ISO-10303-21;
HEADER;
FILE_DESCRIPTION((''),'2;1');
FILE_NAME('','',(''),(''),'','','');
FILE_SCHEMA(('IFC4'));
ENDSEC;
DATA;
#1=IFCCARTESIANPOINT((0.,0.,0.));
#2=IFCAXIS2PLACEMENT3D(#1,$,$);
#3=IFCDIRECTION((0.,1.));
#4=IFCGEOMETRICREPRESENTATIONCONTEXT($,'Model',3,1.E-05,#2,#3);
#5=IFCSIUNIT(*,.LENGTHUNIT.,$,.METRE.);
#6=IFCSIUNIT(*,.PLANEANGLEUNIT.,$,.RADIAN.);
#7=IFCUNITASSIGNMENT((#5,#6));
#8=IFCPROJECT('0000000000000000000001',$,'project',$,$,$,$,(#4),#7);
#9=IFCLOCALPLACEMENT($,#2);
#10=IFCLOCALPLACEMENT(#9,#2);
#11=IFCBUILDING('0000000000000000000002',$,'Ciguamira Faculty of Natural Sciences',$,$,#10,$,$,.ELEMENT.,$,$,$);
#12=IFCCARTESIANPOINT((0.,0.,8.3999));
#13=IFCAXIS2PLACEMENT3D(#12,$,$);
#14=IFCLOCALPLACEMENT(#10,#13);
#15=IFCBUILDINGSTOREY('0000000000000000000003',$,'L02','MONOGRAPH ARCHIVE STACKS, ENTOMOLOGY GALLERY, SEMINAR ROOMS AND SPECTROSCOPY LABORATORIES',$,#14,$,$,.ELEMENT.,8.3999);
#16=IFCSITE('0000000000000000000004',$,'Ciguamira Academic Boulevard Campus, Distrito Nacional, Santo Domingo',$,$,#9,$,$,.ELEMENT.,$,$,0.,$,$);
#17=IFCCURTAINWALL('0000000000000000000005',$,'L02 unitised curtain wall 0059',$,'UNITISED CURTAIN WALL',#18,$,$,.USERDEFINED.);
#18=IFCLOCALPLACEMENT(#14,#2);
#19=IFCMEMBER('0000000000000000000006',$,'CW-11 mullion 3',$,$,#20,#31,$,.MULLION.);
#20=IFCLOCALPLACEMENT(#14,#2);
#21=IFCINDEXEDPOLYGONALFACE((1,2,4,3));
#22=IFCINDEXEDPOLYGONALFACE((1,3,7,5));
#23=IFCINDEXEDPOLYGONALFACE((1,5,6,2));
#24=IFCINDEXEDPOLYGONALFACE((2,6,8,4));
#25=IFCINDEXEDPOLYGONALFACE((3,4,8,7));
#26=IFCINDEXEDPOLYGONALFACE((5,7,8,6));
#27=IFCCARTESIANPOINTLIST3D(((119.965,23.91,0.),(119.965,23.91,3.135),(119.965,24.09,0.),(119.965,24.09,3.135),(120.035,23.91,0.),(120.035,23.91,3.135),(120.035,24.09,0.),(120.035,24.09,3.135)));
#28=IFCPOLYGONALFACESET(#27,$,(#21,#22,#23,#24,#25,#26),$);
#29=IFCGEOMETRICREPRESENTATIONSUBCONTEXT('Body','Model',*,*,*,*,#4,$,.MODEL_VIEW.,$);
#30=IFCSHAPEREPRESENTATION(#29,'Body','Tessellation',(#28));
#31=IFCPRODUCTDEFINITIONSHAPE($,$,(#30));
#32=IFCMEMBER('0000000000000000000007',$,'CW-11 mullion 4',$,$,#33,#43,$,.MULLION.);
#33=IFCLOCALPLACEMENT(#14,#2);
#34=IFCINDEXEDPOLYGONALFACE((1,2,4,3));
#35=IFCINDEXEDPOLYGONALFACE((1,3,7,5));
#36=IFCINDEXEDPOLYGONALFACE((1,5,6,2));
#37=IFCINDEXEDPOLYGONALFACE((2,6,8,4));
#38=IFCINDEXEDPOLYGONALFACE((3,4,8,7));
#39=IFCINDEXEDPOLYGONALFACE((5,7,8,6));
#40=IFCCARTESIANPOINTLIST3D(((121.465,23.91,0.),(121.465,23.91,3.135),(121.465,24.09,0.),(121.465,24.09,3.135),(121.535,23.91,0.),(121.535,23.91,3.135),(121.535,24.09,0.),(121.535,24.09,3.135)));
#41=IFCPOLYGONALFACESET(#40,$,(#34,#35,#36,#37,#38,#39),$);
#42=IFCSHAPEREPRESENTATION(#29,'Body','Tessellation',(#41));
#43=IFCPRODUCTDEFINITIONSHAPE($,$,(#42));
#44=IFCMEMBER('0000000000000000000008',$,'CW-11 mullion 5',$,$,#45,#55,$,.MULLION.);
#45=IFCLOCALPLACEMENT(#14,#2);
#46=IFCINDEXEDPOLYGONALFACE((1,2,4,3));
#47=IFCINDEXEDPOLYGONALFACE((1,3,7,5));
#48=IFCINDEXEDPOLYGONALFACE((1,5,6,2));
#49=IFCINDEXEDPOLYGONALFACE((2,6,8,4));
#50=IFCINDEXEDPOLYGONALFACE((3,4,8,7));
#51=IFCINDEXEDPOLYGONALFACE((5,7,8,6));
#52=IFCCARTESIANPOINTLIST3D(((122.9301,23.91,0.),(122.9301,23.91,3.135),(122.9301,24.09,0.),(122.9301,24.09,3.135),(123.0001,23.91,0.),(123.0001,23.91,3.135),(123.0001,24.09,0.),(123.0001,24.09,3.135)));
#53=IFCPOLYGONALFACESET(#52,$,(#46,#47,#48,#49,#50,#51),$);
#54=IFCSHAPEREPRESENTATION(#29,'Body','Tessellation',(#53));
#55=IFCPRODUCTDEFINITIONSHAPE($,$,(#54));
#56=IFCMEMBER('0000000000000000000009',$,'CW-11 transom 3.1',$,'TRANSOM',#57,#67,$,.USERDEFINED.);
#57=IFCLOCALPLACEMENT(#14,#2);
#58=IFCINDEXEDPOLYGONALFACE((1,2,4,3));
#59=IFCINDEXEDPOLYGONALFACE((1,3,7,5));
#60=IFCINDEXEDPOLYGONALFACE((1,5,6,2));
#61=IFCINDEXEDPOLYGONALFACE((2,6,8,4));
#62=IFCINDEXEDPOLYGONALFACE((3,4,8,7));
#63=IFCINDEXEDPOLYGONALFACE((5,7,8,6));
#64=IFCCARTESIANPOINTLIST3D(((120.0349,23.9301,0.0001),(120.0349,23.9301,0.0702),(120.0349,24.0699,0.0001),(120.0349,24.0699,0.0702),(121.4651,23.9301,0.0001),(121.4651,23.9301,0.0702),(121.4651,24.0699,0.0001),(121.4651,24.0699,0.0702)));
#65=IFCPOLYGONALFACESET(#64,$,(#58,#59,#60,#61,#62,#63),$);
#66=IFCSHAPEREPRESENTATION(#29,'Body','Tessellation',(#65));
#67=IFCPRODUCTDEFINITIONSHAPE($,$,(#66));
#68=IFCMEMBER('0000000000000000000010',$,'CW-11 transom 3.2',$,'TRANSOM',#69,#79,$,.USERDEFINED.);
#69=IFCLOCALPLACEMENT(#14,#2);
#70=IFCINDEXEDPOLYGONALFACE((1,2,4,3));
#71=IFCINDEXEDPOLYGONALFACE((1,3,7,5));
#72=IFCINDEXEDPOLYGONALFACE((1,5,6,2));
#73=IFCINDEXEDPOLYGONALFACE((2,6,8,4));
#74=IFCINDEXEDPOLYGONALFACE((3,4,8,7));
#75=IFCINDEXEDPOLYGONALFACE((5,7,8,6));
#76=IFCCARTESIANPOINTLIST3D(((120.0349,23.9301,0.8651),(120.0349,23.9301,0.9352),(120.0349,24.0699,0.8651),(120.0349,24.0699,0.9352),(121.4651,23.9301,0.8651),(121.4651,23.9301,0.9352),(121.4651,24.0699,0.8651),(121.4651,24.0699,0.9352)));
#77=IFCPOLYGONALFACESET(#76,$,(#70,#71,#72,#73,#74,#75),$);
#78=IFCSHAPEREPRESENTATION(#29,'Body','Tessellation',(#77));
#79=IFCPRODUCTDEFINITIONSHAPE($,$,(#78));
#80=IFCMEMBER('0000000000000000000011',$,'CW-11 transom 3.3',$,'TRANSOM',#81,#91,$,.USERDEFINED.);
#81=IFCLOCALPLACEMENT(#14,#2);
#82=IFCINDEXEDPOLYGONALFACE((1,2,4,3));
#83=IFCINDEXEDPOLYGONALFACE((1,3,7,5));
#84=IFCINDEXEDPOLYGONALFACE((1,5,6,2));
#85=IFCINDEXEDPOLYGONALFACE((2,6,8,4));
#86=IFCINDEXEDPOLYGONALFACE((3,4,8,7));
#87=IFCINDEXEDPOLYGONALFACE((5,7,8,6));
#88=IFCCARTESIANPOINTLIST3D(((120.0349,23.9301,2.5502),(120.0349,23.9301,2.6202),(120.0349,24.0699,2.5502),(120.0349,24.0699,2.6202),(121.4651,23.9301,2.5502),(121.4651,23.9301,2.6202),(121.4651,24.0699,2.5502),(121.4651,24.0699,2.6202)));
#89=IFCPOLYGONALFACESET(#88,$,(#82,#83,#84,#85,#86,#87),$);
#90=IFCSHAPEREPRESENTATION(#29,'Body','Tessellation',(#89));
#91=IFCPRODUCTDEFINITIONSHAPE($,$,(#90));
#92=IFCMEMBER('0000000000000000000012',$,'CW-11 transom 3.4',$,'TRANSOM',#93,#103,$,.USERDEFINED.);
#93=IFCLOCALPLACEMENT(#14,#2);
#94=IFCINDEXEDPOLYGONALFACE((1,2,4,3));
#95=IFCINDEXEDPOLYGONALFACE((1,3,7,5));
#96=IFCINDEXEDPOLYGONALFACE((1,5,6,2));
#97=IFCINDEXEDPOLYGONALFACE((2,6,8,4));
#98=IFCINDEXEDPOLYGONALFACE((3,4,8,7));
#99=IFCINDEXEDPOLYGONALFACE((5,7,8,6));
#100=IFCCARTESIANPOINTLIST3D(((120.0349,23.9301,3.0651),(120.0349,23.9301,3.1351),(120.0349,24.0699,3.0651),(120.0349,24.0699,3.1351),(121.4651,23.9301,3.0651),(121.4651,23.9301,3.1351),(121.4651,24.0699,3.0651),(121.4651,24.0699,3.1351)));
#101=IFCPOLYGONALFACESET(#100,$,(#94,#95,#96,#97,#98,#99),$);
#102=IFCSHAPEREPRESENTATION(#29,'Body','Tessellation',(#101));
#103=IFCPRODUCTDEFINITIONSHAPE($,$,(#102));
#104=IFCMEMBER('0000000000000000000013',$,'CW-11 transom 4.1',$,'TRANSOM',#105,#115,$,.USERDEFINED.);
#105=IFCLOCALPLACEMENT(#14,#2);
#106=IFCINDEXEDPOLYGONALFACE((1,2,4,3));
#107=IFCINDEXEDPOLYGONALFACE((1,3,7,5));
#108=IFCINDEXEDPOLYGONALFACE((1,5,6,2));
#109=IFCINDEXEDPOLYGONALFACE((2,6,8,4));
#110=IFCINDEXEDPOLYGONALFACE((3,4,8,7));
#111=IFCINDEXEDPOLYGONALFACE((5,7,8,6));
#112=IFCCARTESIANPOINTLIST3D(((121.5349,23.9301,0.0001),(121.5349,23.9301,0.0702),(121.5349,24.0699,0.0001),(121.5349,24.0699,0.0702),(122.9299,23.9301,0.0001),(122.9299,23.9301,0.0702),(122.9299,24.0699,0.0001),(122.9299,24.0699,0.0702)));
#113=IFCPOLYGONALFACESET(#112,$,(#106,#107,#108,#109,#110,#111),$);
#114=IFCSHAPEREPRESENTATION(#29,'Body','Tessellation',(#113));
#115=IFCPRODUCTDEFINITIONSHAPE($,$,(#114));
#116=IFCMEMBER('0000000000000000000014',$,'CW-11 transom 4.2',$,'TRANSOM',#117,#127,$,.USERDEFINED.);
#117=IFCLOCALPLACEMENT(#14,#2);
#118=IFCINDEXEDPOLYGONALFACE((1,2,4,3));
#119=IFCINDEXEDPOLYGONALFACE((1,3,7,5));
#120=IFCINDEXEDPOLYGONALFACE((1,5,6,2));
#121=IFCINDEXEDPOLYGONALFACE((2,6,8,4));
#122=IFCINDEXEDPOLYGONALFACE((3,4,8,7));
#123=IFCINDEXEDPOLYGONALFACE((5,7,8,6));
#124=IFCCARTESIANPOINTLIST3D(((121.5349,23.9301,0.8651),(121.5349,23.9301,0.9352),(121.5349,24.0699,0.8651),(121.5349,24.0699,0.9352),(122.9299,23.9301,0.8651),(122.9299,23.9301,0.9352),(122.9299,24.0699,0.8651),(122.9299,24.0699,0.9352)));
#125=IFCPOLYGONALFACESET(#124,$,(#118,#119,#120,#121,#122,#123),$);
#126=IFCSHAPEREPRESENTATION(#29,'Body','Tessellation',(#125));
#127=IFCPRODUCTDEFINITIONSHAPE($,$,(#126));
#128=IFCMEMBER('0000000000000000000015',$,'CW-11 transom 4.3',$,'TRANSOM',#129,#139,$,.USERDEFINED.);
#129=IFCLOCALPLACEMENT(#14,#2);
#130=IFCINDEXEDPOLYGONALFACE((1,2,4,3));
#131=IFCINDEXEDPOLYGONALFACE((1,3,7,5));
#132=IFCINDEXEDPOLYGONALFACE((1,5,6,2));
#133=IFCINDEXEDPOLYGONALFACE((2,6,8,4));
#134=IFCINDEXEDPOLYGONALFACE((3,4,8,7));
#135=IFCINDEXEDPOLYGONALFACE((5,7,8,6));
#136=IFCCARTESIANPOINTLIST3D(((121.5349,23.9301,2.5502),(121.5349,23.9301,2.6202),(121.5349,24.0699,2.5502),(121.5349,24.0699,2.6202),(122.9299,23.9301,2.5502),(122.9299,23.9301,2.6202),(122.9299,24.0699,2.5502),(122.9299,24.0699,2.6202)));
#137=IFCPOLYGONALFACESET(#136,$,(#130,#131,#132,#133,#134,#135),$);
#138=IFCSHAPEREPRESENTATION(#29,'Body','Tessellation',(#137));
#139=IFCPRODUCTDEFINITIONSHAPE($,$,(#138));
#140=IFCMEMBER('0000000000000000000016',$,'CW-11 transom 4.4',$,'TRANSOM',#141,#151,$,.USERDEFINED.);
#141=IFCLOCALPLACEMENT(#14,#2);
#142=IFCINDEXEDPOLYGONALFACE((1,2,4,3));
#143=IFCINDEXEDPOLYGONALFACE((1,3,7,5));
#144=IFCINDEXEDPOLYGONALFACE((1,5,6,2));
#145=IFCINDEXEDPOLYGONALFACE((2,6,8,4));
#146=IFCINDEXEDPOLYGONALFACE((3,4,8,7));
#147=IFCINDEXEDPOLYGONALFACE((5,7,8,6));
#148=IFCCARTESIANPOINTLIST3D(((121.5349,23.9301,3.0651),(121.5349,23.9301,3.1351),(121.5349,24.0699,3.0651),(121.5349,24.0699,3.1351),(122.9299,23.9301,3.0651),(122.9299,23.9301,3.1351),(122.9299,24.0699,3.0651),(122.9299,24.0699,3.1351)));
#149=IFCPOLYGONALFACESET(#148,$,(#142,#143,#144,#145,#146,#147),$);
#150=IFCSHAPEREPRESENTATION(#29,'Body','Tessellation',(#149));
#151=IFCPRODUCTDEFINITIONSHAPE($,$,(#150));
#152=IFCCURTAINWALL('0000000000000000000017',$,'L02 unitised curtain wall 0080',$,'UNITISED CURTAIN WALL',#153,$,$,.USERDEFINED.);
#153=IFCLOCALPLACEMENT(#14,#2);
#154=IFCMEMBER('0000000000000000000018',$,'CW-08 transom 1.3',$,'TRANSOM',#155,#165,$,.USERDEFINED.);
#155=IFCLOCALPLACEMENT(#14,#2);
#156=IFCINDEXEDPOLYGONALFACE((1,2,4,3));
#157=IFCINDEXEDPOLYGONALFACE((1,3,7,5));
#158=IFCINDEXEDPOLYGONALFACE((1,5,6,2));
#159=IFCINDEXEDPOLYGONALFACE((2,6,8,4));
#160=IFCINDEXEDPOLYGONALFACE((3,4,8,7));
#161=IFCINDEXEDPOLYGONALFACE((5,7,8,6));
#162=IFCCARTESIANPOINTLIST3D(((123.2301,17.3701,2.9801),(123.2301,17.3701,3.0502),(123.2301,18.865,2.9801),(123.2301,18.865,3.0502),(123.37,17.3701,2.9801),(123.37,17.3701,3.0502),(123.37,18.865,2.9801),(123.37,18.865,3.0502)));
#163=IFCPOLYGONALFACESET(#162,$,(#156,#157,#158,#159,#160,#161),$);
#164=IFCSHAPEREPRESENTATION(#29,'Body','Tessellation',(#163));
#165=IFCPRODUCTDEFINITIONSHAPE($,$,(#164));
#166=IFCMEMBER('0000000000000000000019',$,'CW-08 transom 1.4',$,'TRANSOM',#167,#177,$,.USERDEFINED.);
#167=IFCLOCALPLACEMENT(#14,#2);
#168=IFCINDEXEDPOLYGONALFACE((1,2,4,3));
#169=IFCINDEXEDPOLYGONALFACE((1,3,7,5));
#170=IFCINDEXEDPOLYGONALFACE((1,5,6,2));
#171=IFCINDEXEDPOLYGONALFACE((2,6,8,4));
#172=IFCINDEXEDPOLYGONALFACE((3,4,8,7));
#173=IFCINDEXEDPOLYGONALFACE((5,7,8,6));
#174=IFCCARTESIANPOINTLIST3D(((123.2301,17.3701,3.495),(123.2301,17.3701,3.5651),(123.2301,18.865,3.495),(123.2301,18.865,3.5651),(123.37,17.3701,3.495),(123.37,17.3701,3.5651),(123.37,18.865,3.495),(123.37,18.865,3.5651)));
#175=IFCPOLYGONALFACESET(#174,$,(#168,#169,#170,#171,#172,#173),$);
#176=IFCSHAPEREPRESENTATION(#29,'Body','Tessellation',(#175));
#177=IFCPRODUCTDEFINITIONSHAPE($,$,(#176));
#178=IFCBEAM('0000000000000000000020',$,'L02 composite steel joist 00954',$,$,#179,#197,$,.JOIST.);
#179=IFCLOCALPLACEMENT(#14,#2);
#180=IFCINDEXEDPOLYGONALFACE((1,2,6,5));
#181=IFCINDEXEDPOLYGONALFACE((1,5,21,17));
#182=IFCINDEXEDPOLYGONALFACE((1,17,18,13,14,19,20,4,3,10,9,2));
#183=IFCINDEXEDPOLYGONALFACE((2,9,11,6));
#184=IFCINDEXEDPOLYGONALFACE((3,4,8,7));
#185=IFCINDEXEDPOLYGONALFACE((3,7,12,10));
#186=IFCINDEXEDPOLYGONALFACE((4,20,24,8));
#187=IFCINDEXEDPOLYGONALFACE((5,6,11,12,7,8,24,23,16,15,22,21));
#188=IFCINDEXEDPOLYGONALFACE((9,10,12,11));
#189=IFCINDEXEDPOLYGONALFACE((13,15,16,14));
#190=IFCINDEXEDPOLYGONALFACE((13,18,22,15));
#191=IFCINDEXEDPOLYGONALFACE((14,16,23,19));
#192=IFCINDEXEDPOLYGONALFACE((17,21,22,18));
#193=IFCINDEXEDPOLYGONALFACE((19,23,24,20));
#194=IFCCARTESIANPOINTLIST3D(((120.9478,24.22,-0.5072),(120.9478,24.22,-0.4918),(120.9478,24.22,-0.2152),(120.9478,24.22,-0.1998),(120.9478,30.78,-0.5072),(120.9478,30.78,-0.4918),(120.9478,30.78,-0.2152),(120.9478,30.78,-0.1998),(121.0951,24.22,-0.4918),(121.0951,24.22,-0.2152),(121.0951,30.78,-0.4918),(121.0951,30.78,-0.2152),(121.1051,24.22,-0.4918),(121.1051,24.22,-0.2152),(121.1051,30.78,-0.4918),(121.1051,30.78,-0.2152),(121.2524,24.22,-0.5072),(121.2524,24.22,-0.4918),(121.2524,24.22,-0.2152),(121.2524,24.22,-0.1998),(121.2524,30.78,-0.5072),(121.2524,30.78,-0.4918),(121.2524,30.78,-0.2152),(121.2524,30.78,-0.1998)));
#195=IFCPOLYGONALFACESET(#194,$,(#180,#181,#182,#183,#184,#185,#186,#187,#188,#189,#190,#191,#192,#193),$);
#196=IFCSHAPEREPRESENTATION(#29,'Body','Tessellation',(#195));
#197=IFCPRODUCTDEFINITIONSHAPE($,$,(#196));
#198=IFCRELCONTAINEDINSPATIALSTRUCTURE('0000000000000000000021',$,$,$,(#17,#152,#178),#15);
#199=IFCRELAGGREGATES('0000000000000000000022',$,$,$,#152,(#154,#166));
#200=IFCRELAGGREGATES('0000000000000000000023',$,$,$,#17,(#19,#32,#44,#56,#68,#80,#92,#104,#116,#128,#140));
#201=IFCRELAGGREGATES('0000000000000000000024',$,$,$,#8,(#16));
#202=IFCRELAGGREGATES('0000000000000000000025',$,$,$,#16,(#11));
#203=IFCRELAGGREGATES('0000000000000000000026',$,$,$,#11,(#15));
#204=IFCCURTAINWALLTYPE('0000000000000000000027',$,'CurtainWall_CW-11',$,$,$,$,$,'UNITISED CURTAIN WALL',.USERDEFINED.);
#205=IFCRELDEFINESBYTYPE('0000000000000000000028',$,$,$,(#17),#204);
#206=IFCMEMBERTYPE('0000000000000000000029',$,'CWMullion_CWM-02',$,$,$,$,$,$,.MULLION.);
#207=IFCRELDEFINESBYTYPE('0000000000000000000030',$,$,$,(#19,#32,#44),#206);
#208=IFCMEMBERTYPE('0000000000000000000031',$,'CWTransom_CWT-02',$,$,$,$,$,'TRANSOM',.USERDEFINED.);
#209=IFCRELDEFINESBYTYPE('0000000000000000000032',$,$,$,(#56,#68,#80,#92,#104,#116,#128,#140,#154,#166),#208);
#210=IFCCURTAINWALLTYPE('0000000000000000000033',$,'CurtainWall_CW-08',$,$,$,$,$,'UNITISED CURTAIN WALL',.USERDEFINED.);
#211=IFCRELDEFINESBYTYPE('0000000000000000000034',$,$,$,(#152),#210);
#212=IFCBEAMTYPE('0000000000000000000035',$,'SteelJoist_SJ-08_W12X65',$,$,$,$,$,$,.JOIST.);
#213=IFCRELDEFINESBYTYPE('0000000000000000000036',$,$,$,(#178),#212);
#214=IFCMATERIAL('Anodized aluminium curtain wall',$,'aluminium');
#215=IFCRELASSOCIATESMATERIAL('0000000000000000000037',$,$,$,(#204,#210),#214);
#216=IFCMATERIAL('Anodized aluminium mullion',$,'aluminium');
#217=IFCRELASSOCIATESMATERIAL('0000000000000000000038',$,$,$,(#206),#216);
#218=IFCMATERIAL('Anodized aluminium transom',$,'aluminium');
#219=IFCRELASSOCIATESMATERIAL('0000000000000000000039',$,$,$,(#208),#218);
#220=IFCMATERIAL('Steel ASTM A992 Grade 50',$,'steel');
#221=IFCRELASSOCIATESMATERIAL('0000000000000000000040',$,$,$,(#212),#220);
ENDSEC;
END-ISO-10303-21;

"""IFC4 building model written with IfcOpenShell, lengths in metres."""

from ifc_helpers import new_model, si_unit, direction, frame, origin, origin_2d, place, context, subcontext, project, spatial, rectangle, i_section, extrude, material, material_profile, profile_set, type_object, element, aggregate, save


model = new_model("IFC4")

# Units and contexts
model_context = context("Model", 3, precision=1e-05, world=origin(), true_north=direction((0.0, 1.0)))
body_context = subcontext(model_context, "Body", "Model", "MODEL_VIEW")
ifc_project = project(units=[si_unit("LENGTHUNIT", "METRE"), si_unit("PLANEANGLEUNIT", "RADIAN")], contexts=[model_context])

# Site, building, storey
site_placement = place(None, origin())
site = spatial("IfcSite", under=ifc_project, at=site_placement, Name="Ciguamira Academic Boulevard Campus, Distrito Nacional, Santo Domingo", CompositionType="ELEMENT", RefElevation=0.0)
building_placement = place(site_placement, origin())
building = spatial("IfcBuilding", under=site, at=building_placement, Name="Ciguamira Faculty of Natural Sciences", CompositionType="ELEMENT")
storey_placement = place(building_placement, frame((0.0, 0.0, 8.3999)))
storey = spatial("IfcBuildingStorey", under=building, at=storey_placement, Name="L02", Description="MONOGRAPH ARCHIVE STACKS, ENTOMOLOGY GALLERY, SEMINAR ROOMS AND SPECTROSCOPY LABORATORIES", CompositionType="ELEMENT", Elevation=8.3999)

# Curtain walls, members
ifc_material_1 = material(Name="Anodized aluminium curtain wall", Category="aluminium")
curtain_wall_type_1 = type_object("IfcCurtainWallType", Name="CurtainWall_CW-11", ElementType="UNITISED CURTAIN WALL", PredefinedType="USERDEFINED", material=ifc_material_1)
curtain_wall_1_placement = place(storey_placement, origin())
curtain_wall_1 = element("IfcCurtainWall", 1, at=curtain_wall_1_placement, inside=storey, type_object=curtain_wall_type_1, Name="L02 unitised curtain wall 0059", ObjectType="UNITISED CURTAIN WALL", PredefinedType="USERDEFINED")
ifc_material_2 = material(Name="Anodized aluminium mullion", Category="aluminium")
ifc_material_profile_1 = material_profile(ifc_material_2, rectangle(XDim=0.0701, YDim=0.1799, at=origin_2d()), Name="ALU-MUL-70X180")
ifc_profile_set_1 = profile_set([ifc_material_profile_1], Name="Anodized aluminium mullion")
member_type_1 = type_object("IfcMemberType", Name="CWMullion_CWM-02", PredefinedType="MULLION", material=ifc_profile_set_1)
member_1_placement = place(storey_placement, frame((120.0, 24.0, 0.0), z_axis=(0.0, 0.0, 1.0), x_axis=(1.0, 0.0, 0.0)))
member_1 = element("IfcMember", 2, at=member_1_placement, type_object=member_type_1, Name="CW-11 mullion 3", PredefinedType="MULLION", context=body_context, shape_type="SweptSolid", body=[
    extrude(rectangle(XDim=0.0701, YDim=0.1799, at=origin_2d()), origin(), (0.0, 0.0, 1.0), 3.135),
])
member_2_placement = place(storey_placement, frame((121.5, 24.0, 0.0), z_axis=(0.0, 0.0, 1.0), x_axis=(1.0, 0.0, 0.0)))
member_2 = element("IfcMember", 3, at=member_2_placement, type_object=member_type_1, Name="CW-11 mullion 4", PredefinedType="MULLION", context=body_context, shape_type="SweptSolid", body=[
    extrude(rectangle(XDim=0.0701, YDim=0.1799, at=origin_2d()), origin(), (0.0, 0.0, 1.0), 3.135),
])
member_3_placement = place(storey_placement, frame((122.9651, 24.0, 0.0), z_axis=(0.0, 0.0, 1.0), x_axis=(1.0, 0.0, 0.0)))
member_3 = element("IfcMember", 4, at=member_3_placement, type_object=member_type_1, Name="CW-11 mullion 5", PredefinedType="MULLION", context=body_context, shape_type="SweptSolid", body=[
    extrude(rectangle(XDim=0.0701, YDim=0.1799, at=origin_2d()), origin(), (0.0, 0.0, 1.0), 3.135),
])
ifc_material_3 = material(Name="Anodized aluminium transom", Category="aluminium")
ifc_material_profile_2 = material_profile(ifc_material_3, rectangle(XDim=0.0701, YDim=0.1399, at=origin_2d()), Name="ALU-TRN-70X140")
ifc_profile_set_2 = profile_set([ifc_material_profile_2], Name="Anodized aluminium transom")
member_type_2 = type_object("IfcMemberType", Name="CWTransom_CWT-02", ElementType="TRANSOM", PredefinedType="USERDEFINED", material=ifc_profile_set_2)
member_4_placement = place(storey_placement, frame((120.0349, 24.0, 0.0352), z_axis=(1.0, 0.0, 0.0), x_axis=(0.0, 0.0, 1.0)))
member_4 = element("IfcMember", 5, at=member_4_placement, type_object=member_type_2, Name="CW-11 transom 3.1", ObjectType="TRANSOM", PredefinedType="USERDEFINED", context=body_context, shape_type="SweptSolid", body=[
    extrude(rectangle(XDim=0.0701, YDim=0.1399, at=origin_2d()), origin(), (0.0, 0.0, 1.0), 1.4302),
])
member_5_placement = place(storey_placement, frame((120.0349, 24.0, 0.9001), z_axis=(1.0, 0.0, 0.0), x_axis=(0.0, 0.0, 1.0)))
member_5 = element("IfcMember", 6, at=member_5_placement, type_object=member_type_2, Name="CW-11 transom 3.2", ObjectType="TRANSOM", PredefinedType="USERDEFINED", context=body_context, shape_type="SweptSolid", body=[
    extrude(rectangle(XDim=0.0701, YDim=0.1399, at=origin_2d()), origin(), (0.0, 0.0, 1.0), 1.4302),
])
member_6_placement = place(storey_placement, frame((120.0349, 24.0, 2.5852), z_axis=(1.0, 0.0, 0.0), x_axis=(0.0, 0.0, 1.0)))
member_6 = element("IfcMember", 7, at=member_6_placement, type_object=member_type_2, Name="CW-11 transom 3.3", ObjectType="TRANSOM", PredefinedType="USERDEFINED", context=body_context, shape_type="SweptSolid", body=[
    extrude(rectangle(XDim=0.0701, YDim=0.1399, at=origin_2d()), origin(), (0.0, 0.0, 1.0), 1.4302),
])
member_7_placement = place(storey_placement, frame((120.0349, 24.0, 3.1001), z_axis=(1.0, 0.0, 0.0), x_axis=(0.0, 0.0, 1.0)))
member_7 = element("IfcMember", 8, at=member_7_placement, type_object=member_type_2, Name="CW-11 transom 3.4", ObjectType="TRANSOM", PredefinedType="USERDEFINED", context=body_context, shape_type="SweptSolid", body=[
    extrude(rectangle(XDim=0.0701, YDim=0.1399, at=origin_2d()), origin(), (0.0, 0.0, 1.0), 1.4302),
])
member_8_placement = place(storey_placement, frame((121.5349, 24.0, 0.0352), z_axis=(1.0, 0.0, 0.0), x_axis=(0.0, 0.0, 1.0)))
member_8 = element("IfcMember", 9, at=member_8_placement, type_object=member_type_2, Name="CW-11 transom 4.1", ObjectType="TRANSOM", PredefinedType="USERDEFINED", context=body_context, shape_type="SweptSolid", body=[
    extrude(rectangle(XDim=0.0701, YDim=0.1399, at=origin_2d()), origin(), (0.0, 0.0, 1.0), 1.395),
])
member_9_placement = place(storey_placement, frame((121.5349, 24.0, 0.9001), z_axis=(1.0, 0.0, 0.0), x_axis=(0.0, 0.0, 1.0)))
member_9 = element("IfcMember", 10, at=member_9_placement, type_object=member_type_2, Name="CW-11 transom 4.2", ObjectType="TRANSOM", PredefinedType="USERDEFINED", context=body_context, shape_type="SweptSolid", body=[
    extrude(rectangle(XDim=0.0701, YDim=0.1399, at=origin_2d()), origin(), (0.0, 0.0, 1.0), 1.395),
])
member_10_placement = place(storey_placement, frame((121.5349, 24.0, 2.5852), z_axis=(1.0, 0.0, 0.0), x_axis=(0.0, 0.0, 1.0)))
member_10 = element("IfcMember", 11, at=member_10_placement, type_object=member_type_2, Name="CW-11 transom 4.3", ObjectType="TRANSOM", PredefinedType="USERDEFINED", context=body_context, shape_type="SweptSolid", body=[
    extrude(rectangle(XDim=0.0701, YDim=0.1399, at=origin_2d()), origin(), (0.0, 0.0, 1.0), 1.395),
])
member_11_placement = place(storey_placement, frame((121.5349, 24.0, 3.1001), z_axis=(1.0, 0.0, 0.0), x_axis=(0.0, 0.0, 1.0)))
member_11 = element("IfcMember", 12, at=member_11_placement, type_object=member_type_2, Name="CW-11 transom 4.4", ObjectType="TRANSOM", PredefinedType="USERDEFINED", context=body_context, shape_type="SweptSolid", body=[
    extrude(rectangle(XDim=0.0701, YDim=0.1399, at=origin_2d()), origin(), (0.0, 0.0, 1.0), 1.395),
])
curtain_wall_type_2 = type_object("IfcCurtainWallType", Name="CurtainWall_CW-08", ElementType="UNITISED CURTAIN WALL", PredefinedType="USERDEFINED", material=ifc_material_1)
curtain_wall_2_placement = place(storey_placement, origin())
curtain_wall_2 = element("IfcCurtainWall", 13, at=curtain_wall_2_placement, inside=storey, type_object=curtain_wall_type_2, Name="L02 unitised curtain wall 0080", ObjectType="UNITISED CURTAIN WALL", PredefinedType="USERDEFINED")
member_12_placement = place(storey_placement, frame((123.3, 17.3701, 3.0151), z_axis=(0.0, 1.0, 0.0), x_axis=(0.0, 0.0, 1.0)))
member_12 = element("IfcMember", 14, at=member_12_placement, type_object=member_type_2, Name="CW-08 transom 1.3", ObjectType="TRANSOM", PredefinedType="USERDEFINED", context=body_context, shape_type="SweptSolid", body=[
    extrude(rectangle(XDim=0.0701, YDim=0.1399, at=origin_2d()), origin(), (0.0, 0.0, 1.0), 1.4949),
])
member_13_placement = place(storey_placement, frame((123.3, 17.3701, 3.53), z_axis=(0.0, 1.0, 0.0), x_axis=(0.0, 0.0, 1.0)))
member_13 = element("IfcMember", 15, at=member_13_placement, type_object=member_type_2, Name="CW-08 transom 1.4", ObjectType="TRANSOM", PredefinedType="USERDEFINED", context=body_context, shape_type="SweptSolid", body=[
    extrude(rectangle(XDim=0.0701, YDim=0.1399, at=origin_2d()), origin(), (0.0, 0.0, 1.0), 1.4949),
])
aggregate(curtain_wall_2, [member_12, member_13])

# Beam
ifc_material_4 = material(Name="Steel ASTM A992 Grade 50", Category="steel")
ifc_material_profile_3 = material_profile(ifc_material_4, i_section(OverallWidth=0.3047, OverallDepth=0.3074, WebThickness=0.01, FlangeThickness=0.0154, at=origin_2d()), Name="W12X65")
ifc_profile_set_3 = profile_set([ifc_material_profile_3], Name="Steel ASTM A992 Grade 50")
beam_type_1 = type_object("IfcBeamType", Name="SteelJoist_SJ-08_W12X65", PredefinedType="JOIST", material=ifc_profile_set_3)
beam_1_placement = place(storey_placement, frame((121.1001, 24.22, -0.3535), z_axis=(0.0, 1.0, 0.0), x_axis=(-1.0, 0.0, 0.0)))
element("IfcBeam", 16, at=beam_1_placement, inside=storey, type_object=beam_type_1, Name="L02 composite steel joist 00954", PredefinedType="JOIST", context=body_context, shape_type="SweptSolid", body=[
    extrude(i_section(OverallWidth=0.3047, OverallDepth=0.3074, WebThickness=0.01, FlangeThickness=0.0154, at=origin_2d()), origin(), (0.0, 0.0, 1.0), 6.5601),
])

aggregate(curtain_wall_1, [member_1, member_2, member_3, member_4, member_5, member_6, member_7, member_8, member_9, member_10, member_11])

save(model, "model.ifc")
